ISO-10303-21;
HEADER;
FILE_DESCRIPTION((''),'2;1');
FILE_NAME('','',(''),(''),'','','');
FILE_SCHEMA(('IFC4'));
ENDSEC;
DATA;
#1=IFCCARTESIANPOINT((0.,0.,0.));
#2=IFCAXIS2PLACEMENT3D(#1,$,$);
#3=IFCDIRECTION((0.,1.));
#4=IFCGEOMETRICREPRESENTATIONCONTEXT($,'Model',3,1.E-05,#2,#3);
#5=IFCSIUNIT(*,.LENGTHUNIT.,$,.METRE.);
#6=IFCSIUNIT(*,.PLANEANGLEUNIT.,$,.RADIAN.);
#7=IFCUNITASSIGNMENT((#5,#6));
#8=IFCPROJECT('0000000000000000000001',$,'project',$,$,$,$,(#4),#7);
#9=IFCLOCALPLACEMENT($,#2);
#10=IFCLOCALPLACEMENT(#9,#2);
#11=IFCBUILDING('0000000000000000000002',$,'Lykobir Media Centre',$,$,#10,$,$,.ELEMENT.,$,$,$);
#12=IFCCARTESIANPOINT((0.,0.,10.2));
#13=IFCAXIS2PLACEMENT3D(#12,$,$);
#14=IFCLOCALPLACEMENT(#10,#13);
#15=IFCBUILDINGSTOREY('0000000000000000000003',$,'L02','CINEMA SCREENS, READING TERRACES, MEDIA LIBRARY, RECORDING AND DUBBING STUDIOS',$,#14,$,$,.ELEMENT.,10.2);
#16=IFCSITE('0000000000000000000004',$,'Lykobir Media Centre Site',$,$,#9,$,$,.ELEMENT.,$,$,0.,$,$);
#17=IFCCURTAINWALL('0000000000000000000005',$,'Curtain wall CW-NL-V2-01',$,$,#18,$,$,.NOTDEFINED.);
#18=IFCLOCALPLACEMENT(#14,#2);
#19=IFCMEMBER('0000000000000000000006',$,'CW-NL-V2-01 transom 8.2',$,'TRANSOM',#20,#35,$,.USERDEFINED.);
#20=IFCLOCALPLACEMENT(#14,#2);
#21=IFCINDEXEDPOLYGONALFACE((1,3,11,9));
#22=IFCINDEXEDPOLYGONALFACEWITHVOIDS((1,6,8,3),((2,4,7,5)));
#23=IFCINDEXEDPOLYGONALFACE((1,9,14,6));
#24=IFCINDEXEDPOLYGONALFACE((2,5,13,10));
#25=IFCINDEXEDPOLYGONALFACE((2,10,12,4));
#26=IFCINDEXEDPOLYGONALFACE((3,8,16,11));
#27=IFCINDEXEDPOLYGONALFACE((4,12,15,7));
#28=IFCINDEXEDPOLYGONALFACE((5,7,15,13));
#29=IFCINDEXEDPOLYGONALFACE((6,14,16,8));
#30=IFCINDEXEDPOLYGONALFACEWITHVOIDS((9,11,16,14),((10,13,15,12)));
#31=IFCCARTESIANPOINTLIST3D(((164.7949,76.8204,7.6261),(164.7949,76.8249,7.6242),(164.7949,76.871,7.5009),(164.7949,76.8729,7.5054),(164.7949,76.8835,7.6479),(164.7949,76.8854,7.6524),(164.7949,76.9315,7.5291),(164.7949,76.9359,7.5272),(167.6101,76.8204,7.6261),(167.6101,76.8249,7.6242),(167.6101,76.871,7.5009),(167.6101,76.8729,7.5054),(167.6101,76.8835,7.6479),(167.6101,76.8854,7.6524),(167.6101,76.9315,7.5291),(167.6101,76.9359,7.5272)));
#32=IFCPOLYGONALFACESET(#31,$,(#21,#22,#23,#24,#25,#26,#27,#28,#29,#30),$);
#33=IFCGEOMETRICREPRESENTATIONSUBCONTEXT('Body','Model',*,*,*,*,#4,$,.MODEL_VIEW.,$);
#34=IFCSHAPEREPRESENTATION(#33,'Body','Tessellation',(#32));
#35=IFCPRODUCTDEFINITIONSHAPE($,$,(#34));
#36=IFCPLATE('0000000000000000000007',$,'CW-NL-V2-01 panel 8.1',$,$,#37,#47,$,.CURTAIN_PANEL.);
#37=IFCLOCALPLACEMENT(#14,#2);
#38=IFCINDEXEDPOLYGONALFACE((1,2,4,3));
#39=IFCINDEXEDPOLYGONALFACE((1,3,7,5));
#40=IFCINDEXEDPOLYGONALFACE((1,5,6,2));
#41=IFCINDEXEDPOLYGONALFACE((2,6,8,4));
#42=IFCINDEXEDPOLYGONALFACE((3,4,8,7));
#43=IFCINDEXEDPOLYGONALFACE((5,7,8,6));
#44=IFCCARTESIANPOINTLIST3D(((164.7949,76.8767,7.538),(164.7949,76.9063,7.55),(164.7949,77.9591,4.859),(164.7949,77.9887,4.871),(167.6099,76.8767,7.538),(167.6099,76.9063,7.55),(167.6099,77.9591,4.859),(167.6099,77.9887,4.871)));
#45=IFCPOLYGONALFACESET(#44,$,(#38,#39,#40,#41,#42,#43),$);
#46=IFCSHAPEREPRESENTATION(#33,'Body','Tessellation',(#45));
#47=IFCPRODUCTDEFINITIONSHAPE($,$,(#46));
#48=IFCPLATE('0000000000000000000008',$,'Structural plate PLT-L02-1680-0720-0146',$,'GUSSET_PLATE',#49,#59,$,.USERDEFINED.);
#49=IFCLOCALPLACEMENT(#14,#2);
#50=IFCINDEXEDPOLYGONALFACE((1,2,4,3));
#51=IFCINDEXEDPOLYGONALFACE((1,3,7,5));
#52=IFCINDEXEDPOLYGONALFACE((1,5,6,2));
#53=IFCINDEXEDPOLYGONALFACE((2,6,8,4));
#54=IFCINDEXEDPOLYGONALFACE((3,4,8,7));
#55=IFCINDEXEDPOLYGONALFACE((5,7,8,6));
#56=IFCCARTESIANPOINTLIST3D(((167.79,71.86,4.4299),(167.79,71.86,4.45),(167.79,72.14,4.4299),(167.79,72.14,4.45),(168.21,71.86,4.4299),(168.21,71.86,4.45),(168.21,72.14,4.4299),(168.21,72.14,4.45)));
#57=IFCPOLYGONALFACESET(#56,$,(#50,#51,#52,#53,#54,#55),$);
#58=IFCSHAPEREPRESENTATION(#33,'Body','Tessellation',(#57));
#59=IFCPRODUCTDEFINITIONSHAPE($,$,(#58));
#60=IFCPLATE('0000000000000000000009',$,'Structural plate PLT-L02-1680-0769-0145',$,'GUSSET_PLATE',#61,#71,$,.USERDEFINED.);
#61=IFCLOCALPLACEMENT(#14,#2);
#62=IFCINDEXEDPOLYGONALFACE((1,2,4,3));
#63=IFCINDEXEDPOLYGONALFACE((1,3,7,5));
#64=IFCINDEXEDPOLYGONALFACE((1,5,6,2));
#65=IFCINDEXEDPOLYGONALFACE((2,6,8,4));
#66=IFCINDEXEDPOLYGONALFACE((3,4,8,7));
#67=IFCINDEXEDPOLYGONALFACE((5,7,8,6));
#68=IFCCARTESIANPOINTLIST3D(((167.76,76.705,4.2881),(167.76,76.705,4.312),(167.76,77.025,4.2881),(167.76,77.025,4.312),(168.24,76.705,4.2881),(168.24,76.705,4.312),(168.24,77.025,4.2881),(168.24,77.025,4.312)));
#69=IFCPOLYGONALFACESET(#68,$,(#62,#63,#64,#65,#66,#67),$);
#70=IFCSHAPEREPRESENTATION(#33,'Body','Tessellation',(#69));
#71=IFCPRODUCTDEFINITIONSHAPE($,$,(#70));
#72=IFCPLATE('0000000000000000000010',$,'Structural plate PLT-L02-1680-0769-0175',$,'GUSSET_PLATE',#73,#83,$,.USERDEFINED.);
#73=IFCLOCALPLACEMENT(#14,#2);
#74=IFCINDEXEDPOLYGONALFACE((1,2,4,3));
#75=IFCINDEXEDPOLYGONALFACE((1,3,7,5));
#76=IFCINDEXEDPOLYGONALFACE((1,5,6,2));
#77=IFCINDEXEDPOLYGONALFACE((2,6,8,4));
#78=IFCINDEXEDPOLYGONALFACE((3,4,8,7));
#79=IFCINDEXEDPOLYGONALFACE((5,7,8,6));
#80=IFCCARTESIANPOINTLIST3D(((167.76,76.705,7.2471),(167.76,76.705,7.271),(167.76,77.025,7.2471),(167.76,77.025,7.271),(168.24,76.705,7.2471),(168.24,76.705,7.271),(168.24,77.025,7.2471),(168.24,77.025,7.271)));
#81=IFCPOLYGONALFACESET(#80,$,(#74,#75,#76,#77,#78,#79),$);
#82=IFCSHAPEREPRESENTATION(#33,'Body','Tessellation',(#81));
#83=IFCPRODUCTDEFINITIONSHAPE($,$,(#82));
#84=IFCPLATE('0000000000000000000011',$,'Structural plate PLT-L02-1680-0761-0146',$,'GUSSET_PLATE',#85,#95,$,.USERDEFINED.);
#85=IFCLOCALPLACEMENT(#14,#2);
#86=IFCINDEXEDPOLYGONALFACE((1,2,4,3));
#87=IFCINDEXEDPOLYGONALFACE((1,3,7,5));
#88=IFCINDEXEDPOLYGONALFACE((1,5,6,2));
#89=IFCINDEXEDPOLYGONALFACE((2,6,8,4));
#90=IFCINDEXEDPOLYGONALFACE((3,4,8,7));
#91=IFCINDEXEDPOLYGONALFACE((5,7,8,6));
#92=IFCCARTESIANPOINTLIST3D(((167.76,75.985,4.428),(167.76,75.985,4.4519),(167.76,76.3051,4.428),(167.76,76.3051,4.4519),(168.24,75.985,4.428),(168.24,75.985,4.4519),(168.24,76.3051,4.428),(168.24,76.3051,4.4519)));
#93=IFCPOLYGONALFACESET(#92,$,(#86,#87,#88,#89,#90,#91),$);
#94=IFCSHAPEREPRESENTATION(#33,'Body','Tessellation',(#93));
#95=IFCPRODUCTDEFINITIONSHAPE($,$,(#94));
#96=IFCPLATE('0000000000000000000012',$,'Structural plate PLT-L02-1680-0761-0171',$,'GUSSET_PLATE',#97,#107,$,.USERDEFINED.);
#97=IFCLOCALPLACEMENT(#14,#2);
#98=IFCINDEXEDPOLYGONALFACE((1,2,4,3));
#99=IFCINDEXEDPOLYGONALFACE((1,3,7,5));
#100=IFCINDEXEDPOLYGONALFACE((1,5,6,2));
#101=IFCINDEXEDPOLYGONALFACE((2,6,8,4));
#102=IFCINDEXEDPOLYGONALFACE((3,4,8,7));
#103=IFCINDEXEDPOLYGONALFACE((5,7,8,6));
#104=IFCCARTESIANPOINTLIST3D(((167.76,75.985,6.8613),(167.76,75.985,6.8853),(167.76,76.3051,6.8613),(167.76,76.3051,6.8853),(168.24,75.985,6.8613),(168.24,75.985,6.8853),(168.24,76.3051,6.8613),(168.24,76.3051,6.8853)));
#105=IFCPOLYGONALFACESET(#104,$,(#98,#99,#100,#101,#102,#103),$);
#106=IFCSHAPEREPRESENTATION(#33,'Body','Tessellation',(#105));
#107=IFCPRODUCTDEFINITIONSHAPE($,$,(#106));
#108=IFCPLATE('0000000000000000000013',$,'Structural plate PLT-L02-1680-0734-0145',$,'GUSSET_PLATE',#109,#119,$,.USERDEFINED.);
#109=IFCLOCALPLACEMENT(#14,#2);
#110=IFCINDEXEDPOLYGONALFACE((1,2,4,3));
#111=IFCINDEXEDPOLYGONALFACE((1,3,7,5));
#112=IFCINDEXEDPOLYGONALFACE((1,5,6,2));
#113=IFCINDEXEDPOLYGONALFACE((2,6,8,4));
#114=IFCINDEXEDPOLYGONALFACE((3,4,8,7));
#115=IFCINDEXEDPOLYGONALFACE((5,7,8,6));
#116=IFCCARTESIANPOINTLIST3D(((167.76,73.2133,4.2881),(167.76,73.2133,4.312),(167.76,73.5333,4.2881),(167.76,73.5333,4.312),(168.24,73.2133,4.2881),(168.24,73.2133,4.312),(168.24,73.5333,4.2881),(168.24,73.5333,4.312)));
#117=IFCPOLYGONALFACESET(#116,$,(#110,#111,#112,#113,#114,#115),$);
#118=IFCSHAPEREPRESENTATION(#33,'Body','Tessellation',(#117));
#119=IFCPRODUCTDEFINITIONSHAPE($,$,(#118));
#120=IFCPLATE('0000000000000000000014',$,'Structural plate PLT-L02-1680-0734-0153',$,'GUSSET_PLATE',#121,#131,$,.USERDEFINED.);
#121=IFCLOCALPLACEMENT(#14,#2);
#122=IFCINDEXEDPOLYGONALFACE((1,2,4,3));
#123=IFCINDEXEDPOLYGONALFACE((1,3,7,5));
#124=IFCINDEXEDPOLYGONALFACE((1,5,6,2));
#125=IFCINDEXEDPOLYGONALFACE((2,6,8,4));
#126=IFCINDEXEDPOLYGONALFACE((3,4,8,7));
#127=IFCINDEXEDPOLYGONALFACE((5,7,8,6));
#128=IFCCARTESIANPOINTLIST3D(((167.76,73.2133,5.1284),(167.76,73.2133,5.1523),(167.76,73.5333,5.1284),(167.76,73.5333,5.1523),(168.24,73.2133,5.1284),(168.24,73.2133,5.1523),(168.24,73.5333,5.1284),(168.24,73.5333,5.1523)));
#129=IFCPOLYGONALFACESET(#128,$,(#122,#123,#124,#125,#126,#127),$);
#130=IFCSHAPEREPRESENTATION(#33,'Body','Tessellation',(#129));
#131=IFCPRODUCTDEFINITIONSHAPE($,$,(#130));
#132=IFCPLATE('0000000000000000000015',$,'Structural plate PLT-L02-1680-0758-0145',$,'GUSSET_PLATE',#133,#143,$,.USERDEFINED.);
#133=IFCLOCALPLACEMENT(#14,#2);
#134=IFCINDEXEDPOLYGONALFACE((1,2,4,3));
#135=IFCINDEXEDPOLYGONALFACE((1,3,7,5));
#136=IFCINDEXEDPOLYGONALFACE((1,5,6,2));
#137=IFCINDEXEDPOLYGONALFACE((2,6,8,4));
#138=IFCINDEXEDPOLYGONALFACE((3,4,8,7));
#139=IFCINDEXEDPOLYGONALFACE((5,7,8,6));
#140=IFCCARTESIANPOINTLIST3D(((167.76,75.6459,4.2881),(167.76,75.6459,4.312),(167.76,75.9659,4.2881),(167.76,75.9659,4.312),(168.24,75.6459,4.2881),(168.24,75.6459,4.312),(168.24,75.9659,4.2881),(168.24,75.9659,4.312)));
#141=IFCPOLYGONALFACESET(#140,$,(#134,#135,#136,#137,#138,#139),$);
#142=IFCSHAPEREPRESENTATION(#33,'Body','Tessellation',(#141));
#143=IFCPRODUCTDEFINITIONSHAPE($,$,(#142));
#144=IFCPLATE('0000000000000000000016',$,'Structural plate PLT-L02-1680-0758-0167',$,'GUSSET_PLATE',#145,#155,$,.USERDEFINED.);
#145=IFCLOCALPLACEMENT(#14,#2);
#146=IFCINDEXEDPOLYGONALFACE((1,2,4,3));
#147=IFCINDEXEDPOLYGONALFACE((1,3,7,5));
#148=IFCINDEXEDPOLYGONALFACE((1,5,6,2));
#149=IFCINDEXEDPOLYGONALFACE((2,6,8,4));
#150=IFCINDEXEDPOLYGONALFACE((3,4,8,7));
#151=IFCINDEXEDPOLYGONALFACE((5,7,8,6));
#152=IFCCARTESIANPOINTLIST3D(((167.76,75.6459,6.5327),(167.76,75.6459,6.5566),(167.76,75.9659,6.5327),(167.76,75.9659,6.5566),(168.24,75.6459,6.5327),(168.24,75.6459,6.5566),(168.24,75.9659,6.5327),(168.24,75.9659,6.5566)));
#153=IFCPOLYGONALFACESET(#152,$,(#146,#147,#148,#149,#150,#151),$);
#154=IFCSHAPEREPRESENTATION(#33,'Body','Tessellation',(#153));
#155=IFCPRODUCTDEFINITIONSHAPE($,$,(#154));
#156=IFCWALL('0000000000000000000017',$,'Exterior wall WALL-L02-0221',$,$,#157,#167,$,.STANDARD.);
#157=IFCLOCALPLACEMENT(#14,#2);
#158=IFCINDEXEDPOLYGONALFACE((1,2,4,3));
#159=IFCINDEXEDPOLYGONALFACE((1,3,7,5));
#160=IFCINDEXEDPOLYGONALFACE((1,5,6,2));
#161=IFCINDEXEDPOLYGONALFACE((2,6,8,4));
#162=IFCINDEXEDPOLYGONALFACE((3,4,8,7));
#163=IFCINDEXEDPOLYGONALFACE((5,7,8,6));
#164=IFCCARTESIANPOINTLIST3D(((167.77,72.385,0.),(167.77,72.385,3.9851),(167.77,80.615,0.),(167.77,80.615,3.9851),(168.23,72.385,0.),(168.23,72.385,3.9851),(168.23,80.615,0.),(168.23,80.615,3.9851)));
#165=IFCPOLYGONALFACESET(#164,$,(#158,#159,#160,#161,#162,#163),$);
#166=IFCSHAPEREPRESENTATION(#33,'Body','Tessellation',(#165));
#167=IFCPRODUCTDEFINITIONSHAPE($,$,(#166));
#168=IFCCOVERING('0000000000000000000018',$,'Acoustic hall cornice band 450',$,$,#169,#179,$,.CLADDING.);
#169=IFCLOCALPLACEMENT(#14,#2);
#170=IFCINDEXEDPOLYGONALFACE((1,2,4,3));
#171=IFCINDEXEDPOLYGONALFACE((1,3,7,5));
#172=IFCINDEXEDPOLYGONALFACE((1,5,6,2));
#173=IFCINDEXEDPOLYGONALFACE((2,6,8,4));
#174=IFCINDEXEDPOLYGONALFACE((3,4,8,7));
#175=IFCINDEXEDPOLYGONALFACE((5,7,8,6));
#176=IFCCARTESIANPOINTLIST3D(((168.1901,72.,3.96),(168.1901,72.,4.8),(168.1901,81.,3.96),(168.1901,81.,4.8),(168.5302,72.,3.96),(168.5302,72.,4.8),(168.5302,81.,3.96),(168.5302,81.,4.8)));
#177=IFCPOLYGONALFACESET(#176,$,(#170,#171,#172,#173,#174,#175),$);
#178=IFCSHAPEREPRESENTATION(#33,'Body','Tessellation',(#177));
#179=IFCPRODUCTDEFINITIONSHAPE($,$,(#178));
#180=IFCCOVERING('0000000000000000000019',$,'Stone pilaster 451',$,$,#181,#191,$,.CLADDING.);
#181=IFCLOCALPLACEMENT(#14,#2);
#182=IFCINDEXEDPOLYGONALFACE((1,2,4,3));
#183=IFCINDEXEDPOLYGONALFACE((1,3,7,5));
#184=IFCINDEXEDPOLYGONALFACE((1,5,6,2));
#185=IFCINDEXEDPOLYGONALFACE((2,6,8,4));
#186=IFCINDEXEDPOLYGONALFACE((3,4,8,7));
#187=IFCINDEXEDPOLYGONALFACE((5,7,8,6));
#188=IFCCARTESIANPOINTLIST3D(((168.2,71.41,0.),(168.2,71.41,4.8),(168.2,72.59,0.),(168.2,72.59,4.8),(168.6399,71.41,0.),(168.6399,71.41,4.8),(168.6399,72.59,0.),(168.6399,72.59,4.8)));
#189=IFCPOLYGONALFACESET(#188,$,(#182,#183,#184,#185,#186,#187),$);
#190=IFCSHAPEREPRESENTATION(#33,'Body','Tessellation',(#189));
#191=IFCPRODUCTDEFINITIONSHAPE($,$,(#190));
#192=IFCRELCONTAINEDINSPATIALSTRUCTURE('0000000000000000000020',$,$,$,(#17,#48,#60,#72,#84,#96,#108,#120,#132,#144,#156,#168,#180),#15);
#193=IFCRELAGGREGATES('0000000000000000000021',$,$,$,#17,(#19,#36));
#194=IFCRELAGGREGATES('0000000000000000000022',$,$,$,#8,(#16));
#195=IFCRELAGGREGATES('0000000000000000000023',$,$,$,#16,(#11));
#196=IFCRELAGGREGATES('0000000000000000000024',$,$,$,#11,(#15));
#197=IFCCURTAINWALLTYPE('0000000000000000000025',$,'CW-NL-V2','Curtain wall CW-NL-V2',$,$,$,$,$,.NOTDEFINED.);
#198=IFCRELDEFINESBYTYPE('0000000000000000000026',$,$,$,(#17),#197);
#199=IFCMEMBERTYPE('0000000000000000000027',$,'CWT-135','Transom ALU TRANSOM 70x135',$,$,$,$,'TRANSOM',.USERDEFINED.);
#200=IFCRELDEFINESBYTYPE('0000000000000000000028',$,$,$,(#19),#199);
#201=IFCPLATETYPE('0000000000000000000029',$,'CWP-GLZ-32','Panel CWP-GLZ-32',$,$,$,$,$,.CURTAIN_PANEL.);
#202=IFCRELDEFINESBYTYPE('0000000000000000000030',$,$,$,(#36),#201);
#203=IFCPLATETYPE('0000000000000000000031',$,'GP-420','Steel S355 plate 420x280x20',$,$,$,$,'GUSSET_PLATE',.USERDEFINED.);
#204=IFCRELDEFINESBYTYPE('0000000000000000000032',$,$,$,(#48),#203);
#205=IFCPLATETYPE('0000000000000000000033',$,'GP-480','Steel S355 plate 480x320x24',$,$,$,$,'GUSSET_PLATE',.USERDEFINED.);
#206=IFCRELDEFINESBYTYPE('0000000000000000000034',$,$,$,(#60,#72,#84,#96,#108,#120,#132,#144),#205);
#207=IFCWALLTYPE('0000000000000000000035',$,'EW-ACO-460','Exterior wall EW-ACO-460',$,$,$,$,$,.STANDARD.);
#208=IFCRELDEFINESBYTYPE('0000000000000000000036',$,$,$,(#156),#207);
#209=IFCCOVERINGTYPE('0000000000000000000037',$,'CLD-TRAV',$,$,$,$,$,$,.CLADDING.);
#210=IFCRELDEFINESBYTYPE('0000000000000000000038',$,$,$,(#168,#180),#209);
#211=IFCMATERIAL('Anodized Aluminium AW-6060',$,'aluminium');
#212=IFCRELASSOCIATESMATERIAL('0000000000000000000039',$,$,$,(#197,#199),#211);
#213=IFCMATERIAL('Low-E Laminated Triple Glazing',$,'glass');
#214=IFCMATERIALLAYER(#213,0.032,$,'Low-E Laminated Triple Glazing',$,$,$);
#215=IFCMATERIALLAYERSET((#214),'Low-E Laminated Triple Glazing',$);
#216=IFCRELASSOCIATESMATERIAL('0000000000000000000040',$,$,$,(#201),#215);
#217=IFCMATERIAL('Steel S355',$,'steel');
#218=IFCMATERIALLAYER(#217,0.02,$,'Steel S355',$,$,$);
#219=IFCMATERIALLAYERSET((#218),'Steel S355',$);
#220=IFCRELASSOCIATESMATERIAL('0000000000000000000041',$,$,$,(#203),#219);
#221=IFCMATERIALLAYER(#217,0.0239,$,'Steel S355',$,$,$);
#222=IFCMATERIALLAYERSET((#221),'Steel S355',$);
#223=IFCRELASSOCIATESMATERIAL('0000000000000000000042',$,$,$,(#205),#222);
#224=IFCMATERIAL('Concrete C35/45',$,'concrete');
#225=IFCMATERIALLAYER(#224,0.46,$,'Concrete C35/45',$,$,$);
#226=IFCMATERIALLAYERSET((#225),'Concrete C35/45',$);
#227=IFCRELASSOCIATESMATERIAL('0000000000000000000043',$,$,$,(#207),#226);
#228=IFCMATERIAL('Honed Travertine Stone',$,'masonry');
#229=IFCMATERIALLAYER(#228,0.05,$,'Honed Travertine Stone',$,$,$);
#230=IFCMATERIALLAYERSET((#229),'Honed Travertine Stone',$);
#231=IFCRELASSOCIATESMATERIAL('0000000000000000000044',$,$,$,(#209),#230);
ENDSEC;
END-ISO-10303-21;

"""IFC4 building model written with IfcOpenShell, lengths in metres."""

from ifc_helpers import new_model, si_unit, direction, frame, frame_2d, origin, origin_2d, place, context, subcontext, project, spatial, rectangle, hollow_rectangle, extrude, material, layer, layer_set, material_profile, profile_set, type_object, element, aggregate, save


model = new_model("IFC4")

# Units and contexts
model_context = context("Model", 3, precision=1e-05, world=origin(), true_north=direction((0.0, 1.0)))
body_context = subcontext(model_context, "Body", "Model", "MODEL_VIEW")
ifc_project = project(units=[si_unit("LENGTHUNIT", "METRE"), si_unit("PLANEANGLEUNIT", "RADIAN")], contexts=[model_context])

# Site, building, storey
site_placement = place(None, origin())
site = spatial("IfcSite", under=ifc_project, at=site_placement, Name="Lykobir Media Centre Site", CompositionType="ELEMENT", RefElevation=0.0)
building_placement = place(site_placement, origin())
building = spatial("IfcBuilding", under=site, at=building_placement, Name="Lykobir Media Centre", CompositionType="ELEMENT")
storey_placement = place(building_placement, frame((0.0, 0.0, 10.2)))
storey = spatial("IfcBuildingStorey", under=building, at=storey_placement, Name="L02", Description="CINEMA SCREENS, READING TERRACES, MEDIA LIBRARY, RECORDING AND DUBBING STUDIOS", CompositionType="ELEMENT", Elevation=10.2)

# Shared definitions
ifc_material_1 = material(Name="Honed Travertine Stone", Category="masonry")

# Shared definitions
ifc_material_2 = material(Name="Steel S355", Category="steel")

# Curtain wall, member, plate
ifc_material_3 = material(Name="Anodized Aluminium AW-6060", Category="aluminium")
curtain_wall_type = type_object("IfcCurtainWallType", Name="CW-NL-V2", Description="Curtain wall CW-NL-V2", PredefinedType="NOTDEFINED", material=ifc_material_3)
curtain_wall_placement = place(storey_placement, origin())
curtain_wall = element("IfcCurtainWall", 1, at=curtain_wall_placement, inside=storey, type_object=curtain_wall_type, Name="Curtain wall CW-NL-V2-01", PredefinedType="NOTDEFINED")
ifc_material_profile_1 = material_profile(ifc_material_3, hollow_rectangle(XDim=0.0701, YDim=0.135, WallThickness=0.0034, at=origin_2d()), Name="ALU TRANSOM 70x135")
ifc_profile_set_1 = profile_set([ifc_material_profile_1], Name="Anodized Aluminium AW-6060")
member_type_1 = type_object("IfcMemberType", Name="CWT-135", Description="Transom ALU TRANSOM 70x135", ElementType="TRANSOM", PredefinedType="USERDEFINED", material=ifc_profile_set_1)
member_1_placement = place(storey_placement, frame((164.7949, 76.8782, 7.5767), z_axis=(1.0, 0.0, 0.0), x_axis=(0.0, 0.927184, 0.374607)))
member_1 = element("IfcMember", 2, at=member_1_placement, type_object=member_type_1, Name="CW-NL-V2-01 transom 8.2", ObjectType="TRANSOM", PredefinedType="USERDEFINED", context=body_context, shape_type="SweptSolid", body=[
    extrude(hollow_rectangle(XDim=0.0701, YDim=0.135, WallThickness=0.0034, at=origin_2d()), origin(), (0.0, 0.0, 1.0), 2.8152),
])
ifc_material_4 = material(Name="Low-E Laminated Triple Glazing", Category="glass")
ifc_layer_1 = layer(ifc_material_4, 0.032, Name="Low-E Laminated Triple Glazing")
ifc_layer_set_1 = layer_set([ifc_layer_1], Name="Low-E Laminated Triple Glazing")
plate_type_1 = type_object("IfcPlateType", Name="CWP-GLZ-32", Description="Panel CWP-GLZ-32", PredefinedType="CURTAIN_PANEL", material=ifc_layer_set_1)
plate_1_placement = place(storey_placement, frame((166.2024, 77.9739, 4.865), z_axis=(0.0, -0.374607, 0.927184), x_axis=(1.0, 0.0, 0.0)))
plate_1 = element("IfcPlate", 3, at=plate_1_placement, type_object=plate_type_1, Name="CW-NL-V2-01 panel 8.1", PredefinedType="CURTAIN_PANEL", context=body_context, shape_type="SweptSolid", body=[
    extrude(rectangle(XDim=2.8149, YDim=0.032, at=origin_2d()), origin(), (0.0, 0.0, 1.0), 2.8894),
])
aggregate(curtain_wall, [member_1, plate_1])

# Plates
ifc_layer_2 = layer(ifc_material_2, 0.02, Name="Steel S355")
ifc_layer_set_2 = layer_set([ifc_layer_2], Name="Steel S355")
plate_type_2 = type_object("IfcPlateType", Name="GP-420", Description="Steel S355 plate 420x280x20", ElementType="GUSSET_PLATE", PredefinedType="USERDEFINED", material=ifc_layer_set_2)
plate_2_placement = place(storey_placement, frame((168.0, 72.0, 4.4299), z_axis=(0.0, 0.0, 1.0), x_axis=(1.0, 0.0, 0.0)))
element("IfcPlate", 4, at=plate_2_placement, inside=storey, type_object=plate_type_2, Name="Structural plate PLT-L02-1680-0720-0146", ObjectType="GUSSET_PLATE", PredefinedType="USERDEFINED", context=body_context, shape_type="SweptSolid", body=[
    extrude(rectangle(XDim=0.4199, YDim=0.28, at=origin_2d()), origin(), (0.0, 0.0, 1.0), 0.02),
])
ifc_layer_3 = layer(ifc_material_2, 0.0239, Name="Steel S355")
ifc_layer_set_3 = layer_set([ifc_layer_3], Name="Steel S355")
plate_type_3 = type_object("IfcPlateType", Name="GP-480", Description="Steel S355 plate 480x320x24", ElementType="GUSSET_PLATE", PredefinedType="USERDEFINED", material=ifc_layer_set_3)
for number, where, z_axis, x_axis, name in (
    (5, (168.0, 76.865, 4.2881), (0.0, 0.0, 1.0), (1.0, 0.0, 0.0), "Structural plate PLT-L02-1680-0769-0145"),
    (6, (168.0, 76.865, 7.2471), (0.0, 0.0, 1.0), (1.0, 0.0, 0.0), "Structural plate PLT-L02-1680-0769-0175"),
    (7, (168.0, 76.145, 4.428), (0.0, 0.0, 1.0), (1.0, 0.0, 0.0), "Structural plate PLT-L02-1680-0761-0146"),
    (8, (168.0, 76.145, 6.8613), (0.0, 0.0, 1.0), (1.0, 0.0, 0.0), "Structural plate PLT-L02-1680-0761-0171"),
    (9, (168.0, 73.3733, 4.2881), (0.0, 0.0, 1.0), (1.0, 0.0, 0.0), "Structural plate PLT-L02-1680-0734-0145"),
    (10, (168.0, 73.3733, 5.1284), (0.0, 0.0, 1.0), (1.0, 0.0, 0.0), "Structural plate PLT-L02-1680-0734-0153"),
    (11, (168.0, 75.8059, 4.2881), (0.0, 0.0, 1.0), (1.0, 0.0, 0.0), "Structural plate PLT-L02-1680-0758-0145"),
    (12, (168.0, 75.8059, 6.5327), (0.0, 0.0, 1.0), (1.0, 0.0, 0.0), "Structural plate PLT-L02-1680-0758-0167"),
):
    element("IfcPlate", number, at=place(storey_placement, frame(where, z_axis=z_axis, x_axis=x_axis)), inside=storey, type_object=plate_type_3, Name=name, ObjectType="GUSSET_PLATE", PredefinedType="USERDEFINED", context=body_context, shape_type="SweptSolid", body=[
        extrude(rectangle(XDim=0.48, YDim=0.3201, at=origin_2d()), origin(), (0.0, 0.0, 1.0), 0.0239),
    ])

# Wall
ifc_material_5 = material(Name="Concrete C35/45", Category="concrete")
ifc_layer_4 = layer(ifc_material_5, 0.46, Name="Concrete C35/45")
ifc_layer_set_4 = layer_set([ifc_layer_4], Name="Concrete C35/45")
wall_type = type_object("IfcWallType", Name="EW-ACO-460", Description="Exterior wall EW-ACO-460", PredefinedType="STANDARD", material=ifc_layer_set_4)
wall_placement = place(storey_placement, frame((168.0, 72.385, 0.0), z_axis=(0.0, 0.0, 1.0), x_axis=(0.0, 1.0, 0.0)))
element("IfcWall", 13, at=wall_placement, inside=storey, type_object=wall_type, Name="Exterior wall WALL-L02-0221", PredefinedType="STANDARD", context=body_context, shape_type="SweptSolid", body=[
    extrude(rectangle(XDim=8.23, YDim=0.46, at=frame_2d((4.115, 0.0))), origin(), (0.0, 0.0, 1.0), 3.9851),
])

# Coverings
ifc_layer_5 = layer(ifc_material_1, 0.05, Name="Honed Travertine Stone")
ifc_layer_set_5 = layer_set([ifc_layer_5], Name="Honed Travertine Stone")
covering_type = type_object("IfcCoveringType", Name="CLD-TRAV", PredefinedType="CLADDING", material=ifc_layer_set_5)
covering_1_placement = place(storey_placement, frame((168.3601, 76.5, 3.96), z_axis=(0.0, 0.0, 1.0), x_axis=(0.0, 1.0, 0.0)))
element("IfcCovering", 14, at=covering_1_placement, inside=storey, type_object=covering_type, Name="Acoustic hall cornice band 450", PredefinedType="CLADDING", context=body_context, shape_type="SweptSolid", body=[
    extrude(rectangle(XDim=9.0, YDim=0.3401, at=origin_2d()), origin(), (0.0, 0.0, 1.0), 0.8401),
])
covering_2_placement = place(storey_placement, frame((168.4199, 72.0, 0.0), z_axis=(0.0, 0.0, 1.0), x_axis=(0.0, 1.0, 0.0)))
element("IfcCovering", 15, at=covering_2_placement, inside=storey, type_object=covering_type, Name="Stone pilaster 451", PredefinedType="CLADDING", context=body_context, shape_type="SweptSolid", body=[
    extrude(rectangle(XDim=1.1799, YDim=0.4399, at=origin_2d()), origin(), (0.0, 0.0, 1.0), 4.8),
])

save(model, "model.ifc")
